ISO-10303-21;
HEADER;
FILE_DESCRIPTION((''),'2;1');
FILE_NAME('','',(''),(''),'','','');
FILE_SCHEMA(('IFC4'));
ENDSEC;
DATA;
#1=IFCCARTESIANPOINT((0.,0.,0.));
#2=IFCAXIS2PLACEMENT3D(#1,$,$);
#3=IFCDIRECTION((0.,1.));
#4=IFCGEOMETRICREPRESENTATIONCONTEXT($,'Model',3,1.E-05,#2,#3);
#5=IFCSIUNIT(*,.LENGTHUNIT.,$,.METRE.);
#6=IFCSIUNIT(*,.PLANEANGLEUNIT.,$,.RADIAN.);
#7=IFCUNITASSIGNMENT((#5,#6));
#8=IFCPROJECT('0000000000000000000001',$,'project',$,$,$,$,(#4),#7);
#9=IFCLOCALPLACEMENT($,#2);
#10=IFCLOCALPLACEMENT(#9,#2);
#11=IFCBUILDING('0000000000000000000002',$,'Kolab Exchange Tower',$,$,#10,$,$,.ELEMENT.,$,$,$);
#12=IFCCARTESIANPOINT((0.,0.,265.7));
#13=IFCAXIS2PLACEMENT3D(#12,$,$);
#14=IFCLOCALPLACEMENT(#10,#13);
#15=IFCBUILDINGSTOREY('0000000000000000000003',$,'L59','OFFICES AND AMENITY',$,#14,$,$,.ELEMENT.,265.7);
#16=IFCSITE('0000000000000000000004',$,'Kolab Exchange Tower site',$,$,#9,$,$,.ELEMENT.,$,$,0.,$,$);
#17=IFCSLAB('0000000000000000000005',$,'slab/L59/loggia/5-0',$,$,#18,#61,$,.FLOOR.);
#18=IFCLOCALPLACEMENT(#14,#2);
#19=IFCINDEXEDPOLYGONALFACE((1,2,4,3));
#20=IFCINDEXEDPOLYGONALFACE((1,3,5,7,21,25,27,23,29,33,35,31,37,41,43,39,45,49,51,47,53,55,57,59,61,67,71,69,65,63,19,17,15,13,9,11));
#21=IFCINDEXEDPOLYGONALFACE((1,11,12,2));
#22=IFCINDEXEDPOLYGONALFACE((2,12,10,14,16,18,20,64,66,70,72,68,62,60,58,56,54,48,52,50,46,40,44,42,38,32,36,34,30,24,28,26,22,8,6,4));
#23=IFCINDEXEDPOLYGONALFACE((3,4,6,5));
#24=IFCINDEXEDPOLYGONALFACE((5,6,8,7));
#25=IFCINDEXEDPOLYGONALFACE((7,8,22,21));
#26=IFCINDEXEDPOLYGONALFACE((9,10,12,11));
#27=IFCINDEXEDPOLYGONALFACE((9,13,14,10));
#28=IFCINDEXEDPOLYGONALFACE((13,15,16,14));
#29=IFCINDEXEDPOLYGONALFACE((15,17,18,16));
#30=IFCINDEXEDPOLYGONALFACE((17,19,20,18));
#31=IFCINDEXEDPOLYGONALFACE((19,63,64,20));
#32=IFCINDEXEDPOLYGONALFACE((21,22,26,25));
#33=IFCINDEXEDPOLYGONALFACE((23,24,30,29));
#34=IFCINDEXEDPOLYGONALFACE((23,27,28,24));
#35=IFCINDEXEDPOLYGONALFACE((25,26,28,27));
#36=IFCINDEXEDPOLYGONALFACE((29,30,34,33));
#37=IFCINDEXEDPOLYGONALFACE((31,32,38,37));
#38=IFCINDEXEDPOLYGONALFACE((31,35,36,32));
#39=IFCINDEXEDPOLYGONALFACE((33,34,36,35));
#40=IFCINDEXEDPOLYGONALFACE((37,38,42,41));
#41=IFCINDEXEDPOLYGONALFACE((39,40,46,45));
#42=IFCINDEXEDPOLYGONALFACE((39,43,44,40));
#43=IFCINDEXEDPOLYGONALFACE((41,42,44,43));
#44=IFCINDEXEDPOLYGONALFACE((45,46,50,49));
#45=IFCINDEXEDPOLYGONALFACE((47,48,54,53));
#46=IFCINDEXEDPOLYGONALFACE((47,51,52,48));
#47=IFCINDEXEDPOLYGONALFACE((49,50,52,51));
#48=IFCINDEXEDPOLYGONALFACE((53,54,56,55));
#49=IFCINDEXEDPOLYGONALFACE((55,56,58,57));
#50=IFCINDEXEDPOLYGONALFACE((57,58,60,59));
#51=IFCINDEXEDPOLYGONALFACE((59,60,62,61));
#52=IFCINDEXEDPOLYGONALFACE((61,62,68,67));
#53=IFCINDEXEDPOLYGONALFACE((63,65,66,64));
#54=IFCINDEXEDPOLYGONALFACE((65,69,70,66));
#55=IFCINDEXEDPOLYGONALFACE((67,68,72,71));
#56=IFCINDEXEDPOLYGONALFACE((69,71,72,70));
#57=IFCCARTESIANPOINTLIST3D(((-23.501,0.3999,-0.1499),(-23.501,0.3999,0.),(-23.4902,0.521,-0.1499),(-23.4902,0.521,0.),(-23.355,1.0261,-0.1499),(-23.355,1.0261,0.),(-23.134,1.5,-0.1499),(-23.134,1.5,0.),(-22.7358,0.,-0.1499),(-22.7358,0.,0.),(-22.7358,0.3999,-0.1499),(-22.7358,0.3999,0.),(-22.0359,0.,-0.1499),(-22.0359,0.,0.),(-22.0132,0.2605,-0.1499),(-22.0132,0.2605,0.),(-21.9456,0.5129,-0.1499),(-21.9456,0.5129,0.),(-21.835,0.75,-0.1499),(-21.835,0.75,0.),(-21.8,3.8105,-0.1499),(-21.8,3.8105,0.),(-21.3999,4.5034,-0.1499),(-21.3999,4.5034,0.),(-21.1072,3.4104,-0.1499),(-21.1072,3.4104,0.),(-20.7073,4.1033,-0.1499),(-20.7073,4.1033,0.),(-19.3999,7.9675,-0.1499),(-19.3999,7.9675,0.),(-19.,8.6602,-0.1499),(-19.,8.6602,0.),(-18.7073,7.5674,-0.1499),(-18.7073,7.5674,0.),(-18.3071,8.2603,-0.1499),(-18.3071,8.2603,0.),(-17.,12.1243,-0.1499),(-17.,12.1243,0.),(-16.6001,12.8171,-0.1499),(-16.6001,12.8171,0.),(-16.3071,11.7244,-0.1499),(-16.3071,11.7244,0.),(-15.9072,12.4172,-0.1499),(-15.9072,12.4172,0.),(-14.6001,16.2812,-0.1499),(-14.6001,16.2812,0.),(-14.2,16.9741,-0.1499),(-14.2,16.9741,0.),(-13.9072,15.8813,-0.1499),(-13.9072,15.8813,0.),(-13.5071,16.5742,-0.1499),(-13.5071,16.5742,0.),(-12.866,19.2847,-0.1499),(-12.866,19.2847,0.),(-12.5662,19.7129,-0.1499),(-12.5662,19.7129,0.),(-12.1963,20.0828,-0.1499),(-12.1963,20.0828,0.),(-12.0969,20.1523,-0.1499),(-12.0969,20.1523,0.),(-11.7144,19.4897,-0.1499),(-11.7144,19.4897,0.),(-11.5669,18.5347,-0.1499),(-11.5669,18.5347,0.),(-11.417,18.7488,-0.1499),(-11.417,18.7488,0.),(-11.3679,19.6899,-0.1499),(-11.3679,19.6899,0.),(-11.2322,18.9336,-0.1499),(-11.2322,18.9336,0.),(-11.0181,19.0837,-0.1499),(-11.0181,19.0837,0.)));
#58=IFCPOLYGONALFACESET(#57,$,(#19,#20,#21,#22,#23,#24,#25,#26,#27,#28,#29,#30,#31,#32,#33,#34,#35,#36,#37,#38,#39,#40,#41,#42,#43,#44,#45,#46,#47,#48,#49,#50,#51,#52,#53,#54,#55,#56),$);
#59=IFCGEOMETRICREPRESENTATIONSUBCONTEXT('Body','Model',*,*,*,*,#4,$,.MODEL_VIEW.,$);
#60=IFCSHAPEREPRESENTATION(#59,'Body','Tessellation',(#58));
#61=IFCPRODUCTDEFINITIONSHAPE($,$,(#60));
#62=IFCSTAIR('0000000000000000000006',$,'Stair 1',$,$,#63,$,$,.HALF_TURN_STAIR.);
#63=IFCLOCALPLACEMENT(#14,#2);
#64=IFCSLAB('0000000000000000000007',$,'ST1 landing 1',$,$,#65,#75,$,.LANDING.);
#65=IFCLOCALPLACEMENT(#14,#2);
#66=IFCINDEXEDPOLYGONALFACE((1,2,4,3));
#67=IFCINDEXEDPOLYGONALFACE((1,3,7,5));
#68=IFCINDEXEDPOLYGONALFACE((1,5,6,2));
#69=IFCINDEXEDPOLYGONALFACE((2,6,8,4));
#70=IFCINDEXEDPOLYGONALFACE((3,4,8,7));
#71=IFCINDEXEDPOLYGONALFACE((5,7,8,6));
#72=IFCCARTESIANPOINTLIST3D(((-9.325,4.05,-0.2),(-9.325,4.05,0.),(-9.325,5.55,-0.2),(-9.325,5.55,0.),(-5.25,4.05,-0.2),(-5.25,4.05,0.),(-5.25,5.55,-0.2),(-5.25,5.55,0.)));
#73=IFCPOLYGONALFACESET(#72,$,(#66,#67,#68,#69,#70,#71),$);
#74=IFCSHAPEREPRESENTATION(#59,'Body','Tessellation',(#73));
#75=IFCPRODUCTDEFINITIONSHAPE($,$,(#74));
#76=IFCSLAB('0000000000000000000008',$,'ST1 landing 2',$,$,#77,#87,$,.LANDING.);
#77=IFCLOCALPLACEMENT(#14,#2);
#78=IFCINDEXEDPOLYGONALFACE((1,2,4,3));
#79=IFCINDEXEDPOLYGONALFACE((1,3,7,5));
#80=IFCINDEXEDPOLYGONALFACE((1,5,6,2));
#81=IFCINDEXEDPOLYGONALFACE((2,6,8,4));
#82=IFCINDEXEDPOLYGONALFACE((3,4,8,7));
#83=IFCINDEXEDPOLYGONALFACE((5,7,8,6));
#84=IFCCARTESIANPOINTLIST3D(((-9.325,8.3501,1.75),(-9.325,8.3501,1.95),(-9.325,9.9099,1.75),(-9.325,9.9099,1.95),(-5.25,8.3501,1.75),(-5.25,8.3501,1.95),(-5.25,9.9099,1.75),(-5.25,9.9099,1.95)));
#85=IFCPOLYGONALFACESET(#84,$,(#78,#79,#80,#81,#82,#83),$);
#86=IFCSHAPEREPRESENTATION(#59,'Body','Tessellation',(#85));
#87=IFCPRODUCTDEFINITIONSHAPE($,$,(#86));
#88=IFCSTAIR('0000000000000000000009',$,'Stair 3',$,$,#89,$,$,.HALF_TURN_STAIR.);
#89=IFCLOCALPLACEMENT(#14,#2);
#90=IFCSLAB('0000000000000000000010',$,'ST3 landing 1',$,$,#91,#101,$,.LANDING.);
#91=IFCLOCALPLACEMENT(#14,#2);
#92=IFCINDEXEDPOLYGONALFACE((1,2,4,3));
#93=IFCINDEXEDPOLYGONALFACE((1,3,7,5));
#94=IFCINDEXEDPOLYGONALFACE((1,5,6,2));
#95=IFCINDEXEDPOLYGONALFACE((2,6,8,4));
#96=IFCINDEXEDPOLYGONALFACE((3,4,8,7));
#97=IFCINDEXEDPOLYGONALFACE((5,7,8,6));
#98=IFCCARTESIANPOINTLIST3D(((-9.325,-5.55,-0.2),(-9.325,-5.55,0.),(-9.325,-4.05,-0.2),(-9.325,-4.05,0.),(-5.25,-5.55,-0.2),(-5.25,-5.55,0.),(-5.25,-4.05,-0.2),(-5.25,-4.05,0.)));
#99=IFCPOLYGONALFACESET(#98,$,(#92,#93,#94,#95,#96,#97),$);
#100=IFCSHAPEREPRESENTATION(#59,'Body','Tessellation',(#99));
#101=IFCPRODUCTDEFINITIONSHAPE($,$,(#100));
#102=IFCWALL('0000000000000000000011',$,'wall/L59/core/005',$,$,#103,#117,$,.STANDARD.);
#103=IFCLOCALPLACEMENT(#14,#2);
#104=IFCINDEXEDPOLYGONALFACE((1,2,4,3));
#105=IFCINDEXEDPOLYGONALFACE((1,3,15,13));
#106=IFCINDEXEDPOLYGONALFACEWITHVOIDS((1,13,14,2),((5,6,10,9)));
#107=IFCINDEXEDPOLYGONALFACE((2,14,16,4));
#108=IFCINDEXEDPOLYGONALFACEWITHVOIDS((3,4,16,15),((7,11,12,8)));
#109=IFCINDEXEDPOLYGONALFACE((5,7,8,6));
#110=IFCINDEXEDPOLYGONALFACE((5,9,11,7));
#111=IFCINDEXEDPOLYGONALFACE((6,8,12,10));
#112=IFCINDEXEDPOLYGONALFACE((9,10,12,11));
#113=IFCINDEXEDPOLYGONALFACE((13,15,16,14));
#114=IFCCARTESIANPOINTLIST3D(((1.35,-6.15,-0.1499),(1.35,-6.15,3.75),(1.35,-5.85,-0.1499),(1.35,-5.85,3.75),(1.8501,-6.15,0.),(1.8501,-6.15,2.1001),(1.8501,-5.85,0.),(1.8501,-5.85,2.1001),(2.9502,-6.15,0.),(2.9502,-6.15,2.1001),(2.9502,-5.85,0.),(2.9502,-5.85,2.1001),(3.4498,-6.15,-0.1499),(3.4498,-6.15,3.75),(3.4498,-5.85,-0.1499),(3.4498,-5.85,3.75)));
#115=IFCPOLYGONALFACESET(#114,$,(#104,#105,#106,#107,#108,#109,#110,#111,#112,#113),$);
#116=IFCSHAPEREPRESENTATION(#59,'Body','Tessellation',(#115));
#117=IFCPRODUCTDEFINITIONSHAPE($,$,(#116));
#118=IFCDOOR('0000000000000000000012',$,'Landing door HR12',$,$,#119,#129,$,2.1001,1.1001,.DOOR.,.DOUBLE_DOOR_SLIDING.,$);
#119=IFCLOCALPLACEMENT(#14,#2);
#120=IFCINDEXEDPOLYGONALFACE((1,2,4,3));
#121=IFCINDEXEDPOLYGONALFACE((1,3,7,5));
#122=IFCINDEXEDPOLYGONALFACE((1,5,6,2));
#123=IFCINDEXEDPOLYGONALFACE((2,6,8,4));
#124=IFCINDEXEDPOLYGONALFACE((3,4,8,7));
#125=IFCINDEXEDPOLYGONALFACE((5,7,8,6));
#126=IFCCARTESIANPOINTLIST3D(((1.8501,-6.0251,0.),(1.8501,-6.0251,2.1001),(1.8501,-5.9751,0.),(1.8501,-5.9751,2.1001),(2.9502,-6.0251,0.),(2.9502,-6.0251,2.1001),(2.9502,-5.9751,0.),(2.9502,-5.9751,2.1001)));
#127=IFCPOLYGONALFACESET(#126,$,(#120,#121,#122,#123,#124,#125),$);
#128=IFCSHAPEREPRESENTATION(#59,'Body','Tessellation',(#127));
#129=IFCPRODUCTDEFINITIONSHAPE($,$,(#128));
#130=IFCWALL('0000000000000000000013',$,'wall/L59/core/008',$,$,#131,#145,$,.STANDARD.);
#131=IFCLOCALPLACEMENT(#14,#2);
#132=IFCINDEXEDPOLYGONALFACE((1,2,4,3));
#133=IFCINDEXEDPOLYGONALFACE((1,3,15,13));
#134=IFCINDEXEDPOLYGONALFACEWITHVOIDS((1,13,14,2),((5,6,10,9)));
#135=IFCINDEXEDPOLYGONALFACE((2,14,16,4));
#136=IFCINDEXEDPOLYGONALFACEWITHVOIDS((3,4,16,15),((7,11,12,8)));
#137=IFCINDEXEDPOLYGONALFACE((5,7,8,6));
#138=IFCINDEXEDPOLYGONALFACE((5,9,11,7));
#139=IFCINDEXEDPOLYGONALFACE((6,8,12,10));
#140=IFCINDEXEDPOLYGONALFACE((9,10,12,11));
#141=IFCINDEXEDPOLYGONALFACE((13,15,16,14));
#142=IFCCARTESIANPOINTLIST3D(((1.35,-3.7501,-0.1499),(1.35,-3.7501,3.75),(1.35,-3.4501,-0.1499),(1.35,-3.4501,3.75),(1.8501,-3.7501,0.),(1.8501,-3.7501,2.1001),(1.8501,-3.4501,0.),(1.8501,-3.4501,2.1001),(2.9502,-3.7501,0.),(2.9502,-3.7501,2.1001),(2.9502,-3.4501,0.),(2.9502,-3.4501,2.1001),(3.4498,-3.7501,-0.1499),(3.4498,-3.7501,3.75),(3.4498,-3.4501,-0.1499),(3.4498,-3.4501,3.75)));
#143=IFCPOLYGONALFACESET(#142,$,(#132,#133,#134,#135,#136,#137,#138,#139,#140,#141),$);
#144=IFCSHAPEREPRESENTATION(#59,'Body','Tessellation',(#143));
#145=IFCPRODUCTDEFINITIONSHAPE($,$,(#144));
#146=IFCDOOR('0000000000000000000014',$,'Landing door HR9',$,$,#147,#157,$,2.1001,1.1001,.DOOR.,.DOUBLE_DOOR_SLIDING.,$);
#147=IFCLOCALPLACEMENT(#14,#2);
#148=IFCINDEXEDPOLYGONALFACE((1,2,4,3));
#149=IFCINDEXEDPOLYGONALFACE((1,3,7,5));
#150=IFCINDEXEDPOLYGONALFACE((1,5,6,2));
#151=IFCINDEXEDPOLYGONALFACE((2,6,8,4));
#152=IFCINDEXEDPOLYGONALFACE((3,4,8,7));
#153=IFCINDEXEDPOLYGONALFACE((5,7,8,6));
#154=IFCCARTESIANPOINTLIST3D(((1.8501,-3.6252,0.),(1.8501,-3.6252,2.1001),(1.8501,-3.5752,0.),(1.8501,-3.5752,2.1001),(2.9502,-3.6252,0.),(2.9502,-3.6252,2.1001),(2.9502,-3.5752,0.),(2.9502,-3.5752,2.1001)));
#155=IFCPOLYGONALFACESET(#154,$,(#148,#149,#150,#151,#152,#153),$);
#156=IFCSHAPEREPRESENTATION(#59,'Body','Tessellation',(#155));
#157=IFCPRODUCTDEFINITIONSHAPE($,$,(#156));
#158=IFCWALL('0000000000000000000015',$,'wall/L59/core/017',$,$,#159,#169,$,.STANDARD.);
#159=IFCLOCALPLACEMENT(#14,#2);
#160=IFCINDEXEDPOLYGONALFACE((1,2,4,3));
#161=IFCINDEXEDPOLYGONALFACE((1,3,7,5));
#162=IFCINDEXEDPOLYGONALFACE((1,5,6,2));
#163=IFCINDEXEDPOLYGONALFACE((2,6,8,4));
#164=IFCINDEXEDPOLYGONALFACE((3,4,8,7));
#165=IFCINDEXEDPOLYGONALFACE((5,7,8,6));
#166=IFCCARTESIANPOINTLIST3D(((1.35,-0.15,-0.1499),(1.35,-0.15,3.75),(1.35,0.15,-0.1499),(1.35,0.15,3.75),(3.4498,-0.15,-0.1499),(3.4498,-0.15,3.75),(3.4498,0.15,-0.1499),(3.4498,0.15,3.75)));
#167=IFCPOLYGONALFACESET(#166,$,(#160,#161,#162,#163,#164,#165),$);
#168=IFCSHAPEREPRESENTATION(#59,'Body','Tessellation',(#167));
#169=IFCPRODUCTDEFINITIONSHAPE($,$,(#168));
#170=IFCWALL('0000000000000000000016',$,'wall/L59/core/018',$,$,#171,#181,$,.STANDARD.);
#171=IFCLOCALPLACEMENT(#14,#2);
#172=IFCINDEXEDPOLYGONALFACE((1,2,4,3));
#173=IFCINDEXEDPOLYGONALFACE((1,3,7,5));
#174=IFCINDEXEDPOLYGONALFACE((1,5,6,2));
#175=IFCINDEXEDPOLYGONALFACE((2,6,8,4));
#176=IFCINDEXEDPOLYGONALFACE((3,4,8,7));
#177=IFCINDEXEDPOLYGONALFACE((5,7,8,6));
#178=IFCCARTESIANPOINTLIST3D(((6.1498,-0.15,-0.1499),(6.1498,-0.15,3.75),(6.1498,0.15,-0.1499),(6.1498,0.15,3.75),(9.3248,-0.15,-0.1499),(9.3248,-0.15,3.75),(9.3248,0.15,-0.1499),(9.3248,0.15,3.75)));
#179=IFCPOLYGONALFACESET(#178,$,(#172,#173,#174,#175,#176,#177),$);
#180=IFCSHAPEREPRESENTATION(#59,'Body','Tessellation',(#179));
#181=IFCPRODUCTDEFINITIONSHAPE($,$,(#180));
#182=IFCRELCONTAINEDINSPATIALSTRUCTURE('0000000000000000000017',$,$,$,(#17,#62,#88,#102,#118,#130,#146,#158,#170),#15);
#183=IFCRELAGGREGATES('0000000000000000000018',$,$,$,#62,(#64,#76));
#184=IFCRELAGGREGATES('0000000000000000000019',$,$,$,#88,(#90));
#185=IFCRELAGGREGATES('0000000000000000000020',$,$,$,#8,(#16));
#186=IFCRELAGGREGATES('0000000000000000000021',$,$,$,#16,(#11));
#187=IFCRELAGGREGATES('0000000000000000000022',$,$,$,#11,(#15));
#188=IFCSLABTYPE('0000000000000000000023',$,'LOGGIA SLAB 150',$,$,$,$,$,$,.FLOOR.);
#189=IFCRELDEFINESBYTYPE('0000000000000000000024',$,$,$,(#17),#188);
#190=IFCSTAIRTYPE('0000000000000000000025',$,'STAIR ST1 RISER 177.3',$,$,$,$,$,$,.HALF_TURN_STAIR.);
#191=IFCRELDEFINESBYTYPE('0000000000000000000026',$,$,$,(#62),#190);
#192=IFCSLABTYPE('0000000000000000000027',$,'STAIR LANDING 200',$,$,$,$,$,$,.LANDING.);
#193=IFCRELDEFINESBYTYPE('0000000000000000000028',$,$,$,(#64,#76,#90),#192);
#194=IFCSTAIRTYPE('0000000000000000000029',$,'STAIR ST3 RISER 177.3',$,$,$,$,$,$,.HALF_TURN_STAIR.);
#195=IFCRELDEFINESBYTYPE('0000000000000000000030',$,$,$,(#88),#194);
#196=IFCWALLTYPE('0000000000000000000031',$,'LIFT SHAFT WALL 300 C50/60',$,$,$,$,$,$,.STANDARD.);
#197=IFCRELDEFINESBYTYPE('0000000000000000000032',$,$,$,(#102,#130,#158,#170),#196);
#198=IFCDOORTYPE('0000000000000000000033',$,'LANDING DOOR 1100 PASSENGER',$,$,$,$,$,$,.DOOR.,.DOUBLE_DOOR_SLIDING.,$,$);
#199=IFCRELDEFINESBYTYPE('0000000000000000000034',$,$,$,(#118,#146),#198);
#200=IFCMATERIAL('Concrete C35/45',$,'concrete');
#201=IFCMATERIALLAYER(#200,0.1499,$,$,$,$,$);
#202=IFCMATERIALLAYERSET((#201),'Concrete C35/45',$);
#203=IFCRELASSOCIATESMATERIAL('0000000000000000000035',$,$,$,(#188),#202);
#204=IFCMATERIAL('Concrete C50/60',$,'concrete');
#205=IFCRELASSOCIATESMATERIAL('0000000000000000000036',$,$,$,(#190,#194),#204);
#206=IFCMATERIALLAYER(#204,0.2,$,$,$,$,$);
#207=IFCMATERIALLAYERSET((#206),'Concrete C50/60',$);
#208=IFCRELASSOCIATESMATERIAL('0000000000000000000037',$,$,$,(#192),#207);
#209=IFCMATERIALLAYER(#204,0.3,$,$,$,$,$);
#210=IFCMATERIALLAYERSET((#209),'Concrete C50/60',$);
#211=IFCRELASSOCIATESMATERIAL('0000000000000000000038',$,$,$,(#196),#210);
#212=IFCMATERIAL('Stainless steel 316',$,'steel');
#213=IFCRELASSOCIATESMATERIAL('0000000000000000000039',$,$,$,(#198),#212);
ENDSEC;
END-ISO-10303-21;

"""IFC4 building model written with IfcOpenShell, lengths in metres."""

from ifc_helpers import new_model, si_unit, direction, frame, frame_2d, origin, place, context, subcontext, project, spatial, polyline, rectangle, outline, extrude, material, layer, layer_set, type_object, element, fill, aggregate, save


model = new_model("IFC4")

# Units and contexts
model_context = context("Model", 3, precision=1e-05, world=origin(), true_north=direction((0.0, 1.0)))
body_context = subcontext(model_context, "Body", "Model", "MODEL_VIEW")
ifc_project = project(units=[si_unit("LENGTHUNIT", "METRE"), si_unit("PLANEANGLEUNIT", "RADIAN")], contexts=[model_context])

# Site, building, storey
site_placement = place(None, origin())
site = spatial("IfcSite", under=ifc_project, at=site_placement, Name="Kolab Exchange Tower site", CompositionType="ELEMENT", RefElevation=0.0)
building_placement = place(site_placement, origin())
building = spatial("IfcBuilding", under=site, at=building_placement, Name="Kolab Exchange Tower", CompositionType="ELEMENT")
storey_placement = place(building_placement, frame((0.0, 0.0, 265.7)))
storey = spatial("IfcBuildingStorey", under=building, at=storey_placement, Name="L59", Description="OFFICES AND AMENITY", CompositionType="ELEMENT", Elevation=265.7)

# Slab
ifc_material_1 = material(Name="Concrete C35/45", Category="concrete")
ifc_layer_1 = layer(ifc_material_1, 0.1499)
ifc_layer_set_1 = layer_set([ifc_layer_1], Name="Concrete C35/45")
slab_type_1 = type_object("IfcSlabType", Name="LOGGIA SLAB 150", PredefinedType="FLOOR", material=ifc_layer_set_1)
slab_1_placement = place(storey_placement, frame((0.0, 0.0, -0.1499)))
element("IfcSlab", 1, at=slab_1_placement, inside=storey, type_object=slab_type_1, Name="slab/L59/loggia/5-0", PredefinedType="FLOOR", context=body_context, shape_type="SweptSolid", body=[
    extrude(outline(polyline([(-11.0181, 19.0837), (-11.3679, 19.6899), (-11.7144, 19.4897), (-12.0969, 20.1523), (-12.1963, 20.0828), (-12.5662, 19.7129), (-12.866, 19.2847), (-14.2, 16.9741), (-13.5071, 16.5742), (-13.9072, 15.8813), (-14.6001, 16.2812), (-16.6001, 12.8171), (-15.9072, 12.4172), (-16.3071, 11.7244), (-17.0, 12.1243), (-19.0, 8.6602), (-18.3071, 8.2603), (-18.7073, 7.5674), (-19.3999, 7.9675), (-21.3999, 4.5034), (-20.7073, 4.1033), (-21.1072, 3.4104), (-21.8, 3.8105), (-23.134, 1.5), (-23.355, 1.0261), (-23.4902, 0.521), (-23.501, 0.3999), (-22.7358, 0.3999), (-22.7358, 0.0), (-22.0359, 0.0), (-22.0132, 0.2605), (-21.9456, 0.5129), (-21.835, 0.75), (-11.5669, 18.5347), (-11.417, 18.7488), (-11.2322, 18.9336), (-11.0181, 19.0837)])), origin(), (0.0, 0.0, 1.0), 0.1499),
])

# Stair, slabs
ifc_material_2 = material(Name="Concrete C50/60", Category="concrete")
stair_type_1 = type_object("IfcStairType", Name="STAIR ST1 RISER 177.3", PredefinedType="HALF_TURN_STAIR", material=ifc_material_2)
stair_1_placement = place(storey_placement, origin())
stair_1 = element("IfcStair", 2, at=stair_1_placement, inside=storey, type_object=stair_type_1, Name="Stair 1", PredefinedType="HALF_TURN_STAIR")
ifc_layer_2 = layer(ifc_material_2, 0.2)
ifc_layer_set_2 = layer_set([ifc_layer_2], Name="Concrete C50/60")
slab_type_2 = type_object("IfcSlabType", Name="STAIR LANDING 200", PredefinedType="LANDING", material=ifc_layer_set_2)
slab_2_placement = place(storey_placement, frame((0.0, 0.0, -0.2)))
slab_2 = element("IfcSlab", 3, at=slab_2_placement, type_object=slab_type_2, Name="ST1 landing 1", PredefinedType="LANDING", context=body_context, shape_type="SweptSolid", body=[
    extrude(outline(polyline([(-9.325, 4.05), (-5.25, 4.05), (-5.25, 5.55), (-9.325, 5.55), (-9.325, 4.05)])), origin(), (0.0, 0.0, 1.0), 0.2),
])
slab_3_placement = place(storey_placement, frame((0.0, 0.0, 1.75)))
slab_3 = element("IfcSlab", 4, at=slab_3_placement, type_object=slab_type_2, Name="ST1 landing 2", PredefinedType="LANDING", context=body_context, shape_type="SweptSolid", body=[
    extrude(outline(polyline([(-9.325, 8.3501), (-5.25, 8.3501), (-5.25, 9.9099), (-9.325, 9.9099), (-9.325, 8.3501)])), origin(), (0.0, 0.0, 1.0), 0.2),
])
aggregate(stair_1, [slab_2, slab_3])

# Stair, slab
stair_type_2 = type_object("IfcStairType", Name="STAIR ST3 RISER 177.3", PredefinedType="HALF_TURN_STAIR", material=ifc_material_2)
stair_2_placement = place(storey_placement, origin())
stair_2 = element("IfcStair", 5, at=stair_2_placement, inside=storey, type_object=stair_type_2, Name="Stair 3", PredefinedType="HALF_TURN_STAIR")
slab_4_placement = place(storey_placement, frame((0.0, 0.0, -0.2)))
slab_4 = element("IfcSlab", 6, at=slab_4_placement, type_object=slab_type_2, Name="ST3 landing 1", PredefinedType="LANDING", context=body_context, shape_type="SweptSolid", body=[
    extrude(outline(polyline([(-9.325, -5.55), (-5.25, -5.55), (-5.25, -4.05), (-9.325, -4.05), (-9.325, -5.55)])), origin(), (0.0, 0.0, 1.0), 0.2),
])
aggregate(stair_2, [slab_4])

# Walls, openings, doors
ifc_layer_3 = layer(ifc_material_2, 0.3)
ifc_layer_set_3 = layer_set([ifc_layer_3], Name="Concrete C50/60")
wall_type_1 = type_object("IfcWallType", Name="LIFT SHAFT WALL 300 C50/60", PredefinedType="STANDARD", material=ifc_layer_set_3)
wall_1_placement = place(storey_placement, frame((1.3501, -6.0, -0.1499), z_axis=(0.0, 0.0, 1.0), x_axis=(1.0, 0.0, 0.0)))
wall_1 = element("IfcWall", 7, at=wall_1_placement, inside=storey, type_object=wall_type_1, Name="wall/L59/core/005", PredefinedType="STANDARD", context=body_context, shape_type="SweptSolid", body=[
    extrude(rectangle(XDim=2.0999, YDim=0.3, at=frame_2d((1.0498, 0.0))), origin(), (0.0, 0.0, 1.0), 3.8999),
])
opening_1_placement = place(wall_1_placement, frame((0.5, 0.0, 0.1499)))
opening_1 = element("IfcOpeningElement", 8, at=opening_1_placement, cuts=wall_1, PredefinedType="OPENING", context=body_context, shape_type="SweptSolid", body=[
    extrude(rectangle(XDim=1.1001, YDim=2.1001, at=frame_2d((0.55, 1.05))), frame((0.0, 0.1602, 0.0), z_axis=(0.0, -1.0, 0.0), x_axis=(1.0, 0.0, 0.0)), (0.0, 0.0, 1.0), 0.3201),
])
ifc_material_3 = material(Name="Stainless steel 316", Category="steel")
door_type_1 = type_object("IfcDoorType", Name="LANDING DOOR 1100 PASSENGER", OperationType="DOUBLE_DOOR_SLIDING", PredefinedType="DOOR", material=ifc_material_3)
door_1_placement = place(opening_1_placement, origin())
door_1 = element("IfcDoor", 9, at=door_1_placement, inside=storey, type_object=door_type_1, Name="Landing door HR12", OperationType="DOUBLE_DOOR_SLIDING", OverallHeight=2.1001, OverallWidth=1.1001, PredefinedType="DOOR", context=body_context, shape_type="SweptSolid", body=[
    extrude(rectangle(XDim=1.1001, YDim=2.1001, at=frame_2d((0.55, 1.05))), frame((0.0, 0.0249, 0.0), z_axis=(0.0, -1.0, 0.0), x_axis=(1.0, 0.0, 0.0)), (0.0, 0.0, 1.0), 0.05),
])
fill(opening_1, door_1)
wall_2_placement = place(storey_placement, frame((1.3501, -3.6001, -0.1499), z_axis=(0.0, 0.0, 1.0), x_axis=(1.0, 0.0, 0.0)))
wall_2 = element("IfcWall", 10, at=wall_2_placement, inside=storey, type_object=wall_type_1, Name="wall/L59/core/008", PredefinedType="STANDARD", context=body_context, shape_type="SweptSolid", body=[
    extrude(rectangle(XDim=2.0999, YDim=0.3, at=frame_2d((1.0498, 0.0))), origin(), (0.0, 0.0, 1.0), 3.8999),
])
opening_2_placement = place(wall_2_placement, frame((0.5, 0.0, 0.1499)))
opening_2 = element("IfcOpeningElement", 11, at=opening_2_placement, cuts=wall_2, PredefinedType="OPENING", context=body_context, shape_type="SweptSolid", body=[
    extrude(rectangle(XDim=1.1001, YDim=2.1001, at=frame_2d((0.55, 1.05))), frame((0.0, 0.1602, 0.0), z_axis=(0.0, -1.0, 0.0), x_axis=(1.0, 0.0, 0.0)), (0.0, 0.0, 1.0), 0.3201),
])
door_2_placement = place(opening_2_placement, origin())
door_2 = element("IfcDoor", 12, at=door_2_placement, inside=storey, type_object=door_type_1, Name="Landing door HR9", OperationType="DOUBLE_DOOR_SLIDING", OverallHeight=2.1001, OverallWidth=1.1001, PredefinedType="DOOR", context=body_context, shape_type="SweptSolid", body=[
    extrude(rectangle(XDim=1.1001, YDim=2.1001, at=frame_2d((0.55, 1.05))), frame((0.0, 0.0249, 0.0), z_axis=(0.0, -1.0, 0.0), x_axis=(1.0, 0.0, 0.0)), (0.0, 0.0, 1.0), 0.05),
])
fill(opening_2, door_2)

# Walls
wall_3_placement = place(storey_placement, frame((1.3501, 0.0, -0.1499), z_axis=(0.0, 0.0, 1.0), x_axis=(1.0, 0.0, 0.0)))
element("IfcWall", 13, at=wall_3_placement, inside=storey, type_object=wall_type_1, Name="wall/L59/core/017", PredefinedType="STANDARD", context=body_context, shape_type="SweptSolid", body=[
    extrude(rectangle(XDim=2.0999, YDim=0.3, at=frame_2d((1.0498, 0.0))), origin(), (0.0, 0.0, 1.0), 3.8999),
])
wall_4_placement = place(storey_placement, frame((6.1499, 0.0, -0.1499), z_axis=(0.0, 0.0, 1.0), x_axis=(1.0, 0.0, 0.0)))
element("IfcWall", 14, at=wall_4_placement, inside=storey, type_object=wall_type_1, Name="wall/L59/core/018", PredefinedType="STANDARD", context=body_context, shape_type="SweptSolid", body=[
    extrude(rectangle(XDim=3.175, YDim=0.3, at=frame_2d((1.5874, 0.0))), origin(), (0.0, 0.0, 1.0), 3.8999),
])

save(model, "model.ifc")
